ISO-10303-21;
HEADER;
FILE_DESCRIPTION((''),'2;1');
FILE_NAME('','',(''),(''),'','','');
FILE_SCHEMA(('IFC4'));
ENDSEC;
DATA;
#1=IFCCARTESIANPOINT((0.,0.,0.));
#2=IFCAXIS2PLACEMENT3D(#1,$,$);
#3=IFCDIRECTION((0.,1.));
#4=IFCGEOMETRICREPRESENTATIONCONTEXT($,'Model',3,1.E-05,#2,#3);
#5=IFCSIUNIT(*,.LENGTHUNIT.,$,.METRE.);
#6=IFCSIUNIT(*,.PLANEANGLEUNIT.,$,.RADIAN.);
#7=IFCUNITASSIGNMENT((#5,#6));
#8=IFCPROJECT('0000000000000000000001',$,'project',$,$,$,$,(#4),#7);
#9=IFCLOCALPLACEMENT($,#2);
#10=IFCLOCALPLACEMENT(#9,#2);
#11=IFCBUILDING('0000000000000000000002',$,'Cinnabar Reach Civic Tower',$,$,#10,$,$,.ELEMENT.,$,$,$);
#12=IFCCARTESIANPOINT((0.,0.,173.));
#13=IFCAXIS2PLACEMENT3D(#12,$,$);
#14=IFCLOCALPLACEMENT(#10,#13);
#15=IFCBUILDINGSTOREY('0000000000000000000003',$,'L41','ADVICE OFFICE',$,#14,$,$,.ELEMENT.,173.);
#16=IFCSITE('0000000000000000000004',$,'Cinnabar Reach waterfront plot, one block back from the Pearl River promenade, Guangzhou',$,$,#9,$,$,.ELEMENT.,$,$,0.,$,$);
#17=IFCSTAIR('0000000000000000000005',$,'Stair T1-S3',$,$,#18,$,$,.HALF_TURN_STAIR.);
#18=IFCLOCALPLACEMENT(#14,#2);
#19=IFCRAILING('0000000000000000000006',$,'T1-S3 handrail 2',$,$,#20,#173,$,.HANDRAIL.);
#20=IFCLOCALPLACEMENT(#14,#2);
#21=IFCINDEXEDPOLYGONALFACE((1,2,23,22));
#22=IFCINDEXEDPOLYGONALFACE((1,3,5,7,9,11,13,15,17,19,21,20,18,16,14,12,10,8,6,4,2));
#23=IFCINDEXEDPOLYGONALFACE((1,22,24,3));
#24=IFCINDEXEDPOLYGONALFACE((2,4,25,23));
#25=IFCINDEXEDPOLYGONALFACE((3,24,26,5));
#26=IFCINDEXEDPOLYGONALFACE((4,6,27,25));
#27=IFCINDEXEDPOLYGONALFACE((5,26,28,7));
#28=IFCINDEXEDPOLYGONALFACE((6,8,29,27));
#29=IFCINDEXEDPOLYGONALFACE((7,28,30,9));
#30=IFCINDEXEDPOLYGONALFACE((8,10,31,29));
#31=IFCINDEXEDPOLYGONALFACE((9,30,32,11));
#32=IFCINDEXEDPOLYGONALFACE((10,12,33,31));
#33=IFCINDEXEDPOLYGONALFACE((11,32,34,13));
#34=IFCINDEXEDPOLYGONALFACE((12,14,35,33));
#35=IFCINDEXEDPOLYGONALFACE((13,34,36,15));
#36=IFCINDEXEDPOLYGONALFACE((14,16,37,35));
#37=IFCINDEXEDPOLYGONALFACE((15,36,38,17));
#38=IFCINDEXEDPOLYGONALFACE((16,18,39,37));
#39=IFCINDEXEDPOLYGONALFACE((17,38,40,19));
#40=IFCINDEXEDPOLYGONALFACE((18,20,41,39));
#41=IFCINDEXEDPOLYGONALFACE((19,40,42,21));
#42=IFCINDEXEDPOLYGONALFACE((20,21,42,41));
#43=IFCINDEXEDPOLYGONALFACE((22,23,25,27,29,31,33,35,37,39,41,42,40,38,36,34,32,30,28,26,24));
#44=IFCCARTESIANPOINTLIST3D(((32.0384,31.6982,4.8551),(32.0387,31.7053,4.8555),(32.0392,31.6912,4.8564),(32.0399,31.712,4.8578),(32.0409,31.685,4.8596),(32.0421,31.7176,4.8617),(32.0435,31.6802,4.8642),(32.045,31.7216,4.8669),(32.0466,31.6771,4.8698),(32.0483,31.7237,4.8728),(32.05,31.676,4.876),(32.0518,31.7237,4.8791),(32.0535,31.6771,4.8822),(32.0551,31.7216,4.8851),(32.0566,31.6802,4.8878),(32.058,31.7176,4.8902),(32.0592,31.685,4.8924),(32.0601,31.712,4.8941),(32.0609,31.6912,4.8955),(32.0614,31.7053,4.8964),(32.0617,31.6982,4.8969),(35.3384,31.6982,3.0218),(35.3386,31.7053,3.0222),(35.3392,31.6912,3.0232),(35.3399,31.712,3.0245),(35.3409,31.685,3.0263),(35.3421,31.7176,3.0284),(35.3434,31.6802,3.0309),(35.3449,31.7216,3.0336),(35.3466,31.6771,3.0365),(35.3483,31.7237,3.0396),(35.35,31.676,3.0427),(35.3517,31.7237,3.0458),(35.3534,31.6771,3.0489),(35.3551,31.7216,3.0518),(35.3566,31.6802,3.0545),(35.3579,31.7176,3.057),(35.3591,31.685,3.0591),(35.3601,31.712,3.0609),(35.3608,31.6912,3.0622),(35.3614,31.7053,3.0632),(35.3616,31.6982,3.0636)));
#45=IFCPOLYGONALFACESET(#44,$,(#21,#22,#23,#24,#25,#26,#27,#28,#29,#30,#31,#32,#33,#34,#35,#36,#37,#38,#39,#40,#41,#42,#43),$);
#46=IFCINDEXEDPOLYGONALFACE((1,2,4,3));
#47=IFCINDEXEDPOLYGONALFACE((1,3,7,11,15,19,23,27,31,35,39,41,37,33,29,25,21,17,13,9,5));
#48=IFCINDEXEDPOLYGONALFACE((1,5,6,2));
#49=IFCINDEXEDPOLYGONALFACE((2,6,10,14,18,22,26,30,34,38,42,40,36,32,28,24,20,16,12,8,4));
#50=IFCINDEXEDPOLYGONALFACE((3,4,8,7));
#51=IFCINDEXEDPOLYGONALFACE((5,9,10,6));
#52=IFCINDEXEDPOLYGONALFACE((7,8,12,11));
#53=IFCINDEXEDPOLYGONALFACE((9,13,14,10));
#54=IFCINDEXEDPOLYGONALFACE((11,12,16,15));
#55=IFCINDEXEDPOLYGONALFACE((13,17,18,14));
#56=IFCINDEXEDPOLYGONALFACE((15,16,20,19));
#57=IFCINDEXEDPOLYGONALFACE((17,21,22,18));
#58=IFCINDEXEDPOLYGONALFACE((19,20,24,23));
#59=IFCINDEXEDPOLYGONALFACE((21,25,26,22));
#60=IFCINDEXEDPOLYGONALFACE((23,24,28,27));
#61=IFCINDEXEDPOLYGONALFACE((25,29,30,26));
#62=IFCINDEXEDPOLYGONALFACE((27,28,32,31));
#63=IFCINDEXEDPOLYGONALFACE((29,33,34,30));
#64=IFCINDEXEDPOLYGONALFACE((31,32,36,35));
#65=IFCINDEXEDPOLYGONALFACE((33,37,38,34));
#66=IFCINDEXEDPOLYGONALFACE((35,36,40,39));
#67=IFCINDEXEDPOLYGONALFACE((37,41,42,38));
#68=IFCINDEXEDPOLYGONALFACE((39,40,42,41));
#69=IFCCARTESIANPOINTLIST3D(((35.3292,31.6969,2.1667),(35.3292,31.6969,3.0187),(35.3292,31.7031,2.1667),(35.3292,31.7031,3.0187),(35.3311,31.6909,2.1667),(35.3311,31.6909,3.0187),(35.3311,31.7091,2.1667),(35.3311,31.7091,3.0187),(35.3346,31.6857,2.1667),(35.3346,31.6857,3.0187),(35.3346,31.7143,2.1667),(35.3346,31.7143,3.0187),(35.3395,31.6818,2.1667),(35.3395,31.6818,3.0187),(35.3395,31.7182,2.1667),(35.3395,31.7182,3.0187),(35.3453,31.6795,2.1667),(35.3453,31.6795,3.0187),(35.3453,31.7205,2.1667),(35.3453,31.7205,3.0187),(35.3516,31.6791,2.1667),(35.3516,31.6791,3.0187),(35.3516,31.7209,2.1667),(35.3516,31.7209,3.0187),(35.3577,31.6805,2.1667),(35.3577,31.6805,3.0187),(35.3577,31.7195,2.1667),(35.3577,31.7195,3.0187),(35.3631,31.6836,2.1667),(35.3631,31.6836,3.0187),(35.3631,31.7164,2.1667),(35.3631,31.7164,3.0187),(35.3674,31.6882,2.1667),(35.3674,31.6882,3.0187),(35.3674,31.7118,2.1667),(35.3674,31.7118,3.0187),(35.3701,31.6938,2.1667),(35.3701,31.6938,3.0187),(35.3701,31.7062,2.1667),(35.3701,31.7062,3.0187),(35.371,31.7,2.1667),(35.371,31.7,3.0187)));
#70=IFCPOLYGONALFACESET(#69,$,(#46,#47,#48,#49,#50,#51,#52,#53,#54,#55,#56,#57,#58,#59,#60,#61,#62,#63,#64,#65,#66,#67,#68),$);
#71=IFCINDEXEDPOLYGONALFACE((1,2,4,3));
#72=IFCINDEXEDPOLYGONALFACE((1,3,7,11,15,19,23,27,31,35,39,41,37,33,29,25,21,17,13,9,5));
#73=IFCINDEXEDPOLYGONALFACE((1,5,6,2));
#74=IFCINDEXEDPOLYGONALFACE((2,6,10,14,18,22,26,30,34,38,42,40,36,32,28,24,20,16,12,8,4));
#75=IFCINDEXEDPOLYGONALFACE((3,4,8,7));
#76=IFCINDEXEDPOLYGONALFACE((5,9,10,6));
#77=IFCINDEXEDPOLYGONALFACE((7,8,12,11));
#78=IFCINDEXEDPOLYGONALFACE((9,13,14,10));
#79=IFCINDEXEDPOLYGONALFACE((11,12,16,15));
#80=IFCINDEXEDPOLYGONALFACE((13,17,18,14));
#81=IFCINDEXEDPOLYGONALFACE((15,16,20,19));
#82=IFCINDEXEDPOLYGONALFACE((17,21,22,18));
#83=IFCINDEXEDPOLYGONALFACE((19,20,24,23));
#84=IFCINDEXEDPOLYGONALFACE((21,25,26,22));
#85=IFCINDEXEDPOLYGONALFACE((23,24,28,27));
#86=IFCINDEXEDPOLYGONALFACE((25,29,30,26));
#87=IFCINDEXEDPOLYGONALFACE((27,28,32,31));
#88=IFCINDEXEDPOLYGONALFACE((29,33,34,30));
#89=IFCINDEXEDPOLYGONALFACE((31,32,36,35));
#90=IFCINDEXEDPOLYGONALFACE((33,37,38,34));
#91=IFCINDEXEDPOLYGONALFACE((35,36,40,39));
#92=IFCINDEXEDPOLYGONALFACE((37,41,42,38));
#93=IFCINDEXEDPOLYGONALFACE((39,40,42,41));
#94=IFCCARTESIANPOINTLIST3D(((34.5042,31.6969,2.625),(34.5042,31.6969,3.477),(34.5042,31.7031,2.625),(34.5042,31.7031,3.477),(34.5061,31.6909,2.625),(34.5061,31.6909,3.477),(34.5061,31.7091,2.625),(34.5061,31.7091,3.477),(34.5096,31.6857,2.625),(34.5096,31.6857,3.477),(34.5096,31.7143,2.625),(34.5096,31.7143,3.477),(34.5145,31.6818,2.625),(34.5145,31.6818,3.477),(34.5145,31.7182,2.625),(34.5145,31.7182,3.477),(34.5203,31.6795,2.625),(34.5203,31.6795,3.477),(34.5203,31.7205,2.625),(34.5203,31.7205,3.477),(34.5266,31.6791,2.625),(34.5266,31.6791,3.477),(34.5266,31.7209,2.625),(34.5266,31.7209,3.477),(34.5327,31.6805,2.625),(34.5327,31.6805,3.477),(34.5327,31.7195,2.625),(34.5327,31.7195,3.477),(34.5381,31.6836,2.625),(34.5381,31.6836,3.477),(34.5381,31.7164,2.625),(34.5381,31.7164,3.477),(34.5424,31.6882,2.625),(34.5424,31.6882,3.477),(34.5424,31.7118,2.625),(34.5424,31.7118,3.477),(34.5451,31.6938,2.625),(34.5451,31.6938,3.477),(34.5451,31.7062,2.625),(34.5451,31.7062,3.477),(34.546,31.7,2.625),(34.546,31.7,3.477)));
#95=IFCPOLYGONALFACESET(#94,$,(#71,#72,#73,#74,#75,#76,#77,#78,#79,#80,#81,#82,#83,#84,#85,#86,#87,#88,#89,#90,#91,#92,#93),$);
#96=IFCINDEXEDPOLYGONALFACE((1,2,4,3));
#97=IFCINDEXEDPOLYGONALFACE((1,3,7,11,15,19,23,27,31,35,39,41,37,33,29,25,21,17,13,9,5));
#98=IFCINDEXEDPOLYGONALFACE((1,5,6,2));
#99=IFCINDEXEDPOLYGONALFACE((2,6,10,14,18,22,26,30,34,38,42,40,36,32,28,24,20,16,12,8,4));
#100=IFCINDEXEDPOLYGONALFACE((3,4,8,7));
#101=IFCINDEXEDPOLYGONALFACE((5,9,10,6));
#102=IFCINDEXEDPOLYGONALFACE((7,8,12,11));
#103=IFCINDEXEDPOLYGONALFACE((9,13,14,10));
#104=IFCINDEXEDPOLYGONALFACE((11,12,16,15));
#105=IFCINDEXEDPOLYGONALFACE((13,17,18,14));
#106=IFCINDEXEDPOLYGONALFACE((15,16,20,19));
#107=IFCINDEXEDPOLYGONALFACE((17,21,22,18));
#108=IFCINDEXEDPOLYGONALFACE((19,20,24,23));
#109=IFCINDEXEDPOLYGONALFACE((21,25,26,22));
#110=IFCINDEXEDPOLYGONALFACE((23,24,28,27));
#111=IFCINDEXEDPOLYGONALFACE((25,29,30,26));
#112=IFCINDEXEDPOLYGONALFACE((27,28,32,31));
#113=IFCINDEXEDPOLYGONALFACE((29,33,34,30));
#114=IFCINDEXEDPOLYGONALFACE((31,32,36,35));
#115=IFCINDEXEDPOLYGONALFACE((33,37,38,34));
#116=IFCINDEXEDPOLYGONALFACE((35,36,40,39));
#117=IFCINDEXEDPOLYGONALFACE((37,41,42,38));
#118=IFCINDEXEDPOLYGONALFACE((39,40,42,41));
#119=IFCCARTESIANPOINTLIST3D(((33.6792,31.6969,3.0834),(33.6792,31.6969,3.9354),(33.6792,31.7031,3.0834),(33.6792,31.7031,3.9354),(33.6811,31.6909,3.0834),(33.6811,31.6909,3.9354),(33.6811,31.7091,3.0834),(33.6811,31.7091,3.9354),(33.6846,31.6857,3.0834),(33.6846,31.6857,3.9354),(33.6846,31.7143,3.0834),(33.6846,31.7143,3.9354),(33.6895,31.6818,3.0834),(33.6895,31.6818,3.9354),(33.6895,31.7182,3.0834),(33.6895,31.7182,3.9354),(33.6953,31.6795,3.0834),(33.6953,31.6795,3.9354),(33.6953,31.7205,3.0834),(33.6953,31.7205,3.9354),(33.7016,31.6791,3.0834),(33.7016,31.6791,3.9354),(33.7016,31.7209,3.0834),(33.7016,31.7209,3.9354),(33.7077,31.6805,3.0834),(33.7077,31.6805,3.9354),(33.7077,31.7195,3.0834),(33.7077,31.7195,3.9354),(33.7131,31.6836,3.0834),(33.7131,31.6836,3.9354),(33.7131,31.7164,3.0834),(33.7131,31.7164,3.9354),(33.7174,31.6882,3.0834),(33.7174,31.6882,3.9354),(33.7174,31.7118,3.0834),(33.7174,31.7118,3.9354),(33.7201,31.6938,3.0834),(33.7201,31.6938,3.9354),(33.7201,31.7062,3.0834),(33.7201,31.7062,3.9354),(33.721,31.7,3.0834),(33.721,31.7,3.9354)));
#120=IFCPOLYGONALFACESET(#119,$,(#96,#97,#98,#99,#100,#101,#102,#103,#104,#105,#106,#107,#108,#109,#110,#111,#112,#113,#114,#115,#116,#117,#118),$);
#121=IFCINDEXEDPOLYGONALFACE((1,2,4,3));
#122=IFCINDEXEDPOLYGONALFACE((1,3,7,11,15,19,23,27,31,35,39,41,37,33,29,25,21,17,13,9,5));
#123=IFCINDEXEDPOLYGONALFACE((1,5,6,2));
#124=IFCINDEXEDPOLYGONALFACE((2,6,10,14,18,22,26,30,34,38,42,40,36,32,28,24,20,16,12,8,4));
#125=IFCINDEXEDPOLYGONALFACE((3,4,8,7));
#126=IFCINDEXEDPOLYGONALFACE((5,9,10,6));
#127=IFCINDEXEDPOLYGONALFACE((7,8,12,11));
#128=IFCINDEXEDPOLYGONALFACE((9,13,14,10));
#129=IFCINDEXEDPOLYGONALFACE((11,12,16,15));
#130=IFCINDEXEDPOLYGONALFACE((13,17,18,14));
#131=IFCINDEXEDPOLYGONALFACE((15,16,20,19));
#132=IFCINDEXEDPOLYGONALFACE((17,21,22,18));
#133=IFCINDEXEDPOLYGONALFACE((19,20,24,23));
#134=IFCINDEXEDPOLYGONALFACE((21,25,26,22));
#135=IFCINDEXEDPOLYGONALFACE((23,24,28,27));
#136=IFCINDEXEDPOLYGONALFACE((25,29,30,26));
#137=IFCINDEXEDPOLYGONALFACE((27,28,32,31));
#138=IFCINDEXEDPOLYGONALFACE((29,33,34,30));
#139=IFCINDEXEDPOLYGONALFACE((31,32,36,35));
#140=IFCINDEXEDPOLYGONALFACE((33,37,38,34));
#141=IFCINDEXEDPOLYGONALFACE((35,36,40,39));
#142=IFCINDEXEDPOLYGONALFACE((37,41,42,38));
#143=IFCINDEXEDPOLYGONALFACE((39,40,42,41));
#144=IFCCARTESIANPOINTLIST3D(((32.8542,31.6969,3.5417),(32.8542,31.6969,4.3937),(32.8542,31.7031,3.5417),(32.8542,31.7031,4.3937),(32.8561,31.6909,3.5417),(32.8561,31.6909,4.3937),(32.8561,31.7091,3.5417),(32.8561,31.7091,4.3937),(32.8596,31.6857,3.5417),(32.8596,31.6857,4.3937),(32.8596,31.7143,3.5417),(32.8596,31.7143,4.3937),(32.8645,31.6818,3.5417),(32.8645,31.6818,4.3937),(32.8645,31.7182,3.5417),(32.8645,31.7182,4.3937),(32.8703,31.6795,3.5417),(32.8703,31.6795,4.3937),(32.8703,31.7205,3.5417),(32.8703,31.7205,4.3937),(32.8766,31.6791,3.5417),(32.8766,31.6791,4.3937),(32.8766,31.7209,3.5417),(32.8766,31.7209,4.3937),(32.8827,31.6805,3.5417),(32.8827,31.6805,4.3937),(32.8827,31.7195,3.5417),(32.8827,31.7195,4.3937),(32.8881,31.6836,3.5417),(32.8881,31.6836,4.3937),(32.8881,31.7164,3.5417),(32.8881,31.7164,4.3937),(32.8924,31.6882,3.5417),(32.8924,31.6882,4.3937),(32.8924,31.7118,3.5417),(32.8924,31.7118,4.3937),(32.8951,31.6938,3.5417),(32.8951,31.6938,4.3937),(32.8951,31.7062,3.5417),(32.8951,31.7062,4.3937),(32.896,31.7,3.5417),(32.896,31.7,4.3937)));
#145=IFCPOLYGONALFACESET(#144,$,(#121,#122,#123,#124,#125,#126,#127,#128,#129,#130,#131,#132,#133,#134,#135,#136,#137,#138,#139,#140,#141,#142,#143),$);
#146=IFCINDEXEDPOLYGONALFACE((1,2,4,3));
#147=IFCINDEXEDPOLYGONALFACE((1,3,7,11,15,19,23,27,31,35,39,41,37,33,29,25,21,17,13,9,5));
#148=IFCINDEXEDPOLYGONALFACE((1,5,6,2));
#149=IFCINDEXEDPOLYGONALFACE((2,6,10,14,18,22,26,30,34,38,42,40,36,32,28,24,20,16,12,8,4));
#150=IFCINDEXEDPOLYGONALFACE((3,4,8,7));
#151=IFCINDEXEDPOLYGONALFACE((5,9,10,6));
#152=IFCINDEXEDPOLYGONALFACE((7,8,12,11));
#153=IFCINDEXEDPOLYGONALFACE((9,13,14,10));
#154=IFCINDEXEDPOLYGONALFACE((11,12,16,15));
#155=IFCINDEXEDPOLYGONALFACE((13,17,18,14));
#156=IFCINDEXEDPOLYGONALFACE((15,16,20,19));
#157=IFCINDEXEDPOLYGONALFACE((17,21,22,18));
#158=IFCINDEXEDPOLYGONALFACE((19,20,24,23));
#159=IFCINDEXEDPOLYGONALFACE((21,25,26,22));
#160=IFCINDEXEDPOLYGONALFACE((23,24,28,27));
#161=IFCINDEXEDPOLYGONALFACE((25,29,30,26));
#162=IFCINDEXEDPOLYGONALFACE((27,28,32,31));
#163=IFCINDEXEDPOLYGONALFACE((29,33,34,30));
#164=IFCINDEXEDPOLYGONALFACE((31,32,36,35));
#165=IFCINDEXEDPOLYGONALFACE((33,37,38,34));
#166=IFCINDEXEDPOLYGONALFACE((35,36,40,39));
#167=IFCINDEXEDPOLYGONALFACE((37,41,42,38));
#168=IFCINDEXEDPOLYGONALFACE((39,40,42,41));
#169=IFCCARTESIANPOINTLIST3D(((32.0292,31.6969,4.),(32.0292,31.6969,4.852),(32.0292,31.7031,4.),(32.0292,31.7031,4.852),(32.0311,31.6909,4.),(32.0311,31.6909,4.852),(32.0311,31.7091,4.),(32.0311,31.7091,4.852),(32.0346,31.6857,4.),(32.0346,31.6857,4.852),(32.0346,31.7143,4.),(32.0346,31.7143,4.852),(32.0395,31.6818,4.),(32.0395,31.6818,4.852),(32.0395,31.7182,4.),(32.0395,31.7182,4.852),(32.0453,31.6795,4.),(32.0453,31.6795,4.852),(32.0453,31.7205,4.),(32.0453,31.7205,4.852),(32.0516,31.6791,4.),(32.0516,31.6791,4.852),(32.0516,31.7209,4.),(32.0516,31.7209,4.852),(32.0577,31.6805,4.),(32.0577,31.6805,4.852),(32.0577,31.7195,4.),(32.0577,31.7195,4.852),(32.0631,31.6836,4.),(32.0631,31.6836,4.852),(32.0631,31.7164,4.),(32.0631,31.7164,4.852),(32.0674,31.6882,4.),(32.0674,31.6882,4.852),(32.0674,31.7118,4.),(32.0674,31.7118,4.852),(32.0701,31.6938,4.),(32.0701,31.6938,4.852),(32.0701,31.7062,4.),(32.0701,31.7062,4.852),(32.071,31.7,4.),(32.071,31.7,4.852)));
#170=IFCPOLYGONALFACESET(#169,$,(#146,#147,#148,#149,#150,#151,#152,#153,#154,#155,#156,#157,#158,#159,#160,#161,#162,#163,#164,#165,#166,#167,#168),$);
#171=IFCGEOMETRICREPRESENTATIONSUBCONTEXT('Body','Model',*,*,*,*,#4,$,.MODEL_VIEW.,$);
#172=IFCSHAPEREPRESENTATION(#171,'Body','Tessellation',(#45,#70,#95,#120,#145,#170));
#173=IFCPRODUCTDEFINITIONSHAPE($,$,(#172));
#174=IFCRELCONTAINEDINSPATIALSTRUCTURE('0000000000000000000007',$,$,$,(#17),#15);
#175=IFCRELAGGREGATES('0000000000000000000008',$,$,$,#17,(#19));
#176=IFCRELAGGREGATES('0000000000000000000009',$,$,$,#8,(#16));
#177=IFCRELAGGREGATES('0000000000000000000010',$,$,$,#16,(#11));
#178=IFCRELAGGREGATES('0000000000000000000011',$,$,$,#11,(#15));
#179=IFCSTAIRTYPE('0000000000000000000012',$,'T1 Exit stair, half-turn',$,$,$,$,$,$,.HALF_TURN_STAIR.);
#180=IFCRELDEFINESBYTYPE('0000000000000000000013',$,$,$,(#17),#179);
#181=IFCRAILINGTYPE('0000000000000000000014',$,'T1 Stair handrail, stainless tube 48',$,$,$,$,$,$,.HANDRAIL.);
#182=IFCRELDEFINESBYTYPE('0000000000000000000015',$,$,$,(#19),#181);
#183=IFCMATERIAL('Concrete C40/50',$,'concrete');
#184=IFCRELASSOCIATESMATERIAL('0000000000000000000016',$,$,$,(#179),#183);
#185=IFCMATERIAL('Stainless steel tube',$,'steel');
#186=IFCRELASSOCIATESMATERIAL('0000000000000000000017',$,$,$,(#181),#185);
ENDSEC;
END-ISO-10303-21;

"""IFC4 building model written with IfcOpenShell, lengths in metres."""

from ifc_helpers import new_model, si_unit, direction, frame, origin, origin_2d, place, context, subcontext, project, spatial, circle, extrude, material, type_object, element, aggregate, save


model = new_model("IFC4")

# Units and contexts
model_context = context("Model", 3, precision=1e-05, world=origin(), true_north=direction((0.0, 1.0)))
body_context = subcontext(model_context, "Body", "Model", "MODEL_VIEW")
ifc_project = project(units=[si_unit("LENGTHUNIT", "METRE"), si_unit("PLANEANGLEUNIT", "RADIAN")], contexts=[model_context])

# Site, building, storey
site_placement = place(None, origin())
site = spatial("IfcSite", under=ifc_project, at=site_placement, Name="Cinnabar Reach waterfront plot, one block back from the Pearl River promenade, Guangzhou", CompositionType="ELEMENT", RefElevation=0.0)
building_placement = place(site_placement, origin())
building = spatial("IfcBuilding", under=site, at=building_placement, Name="Cinnabar Reach Civic Tower", CompositionType="ELEMENT")
storey_placement = place(building_placement, frame((0.0, 0.0, 173.0)))
storey = spatial("IfcBuildingStorey", under=building, at=storey_placement, Name="L41", Description="ADVICE OFFICE", CompositionType="ELEMENT", Elevation=173.0)

# Stair, railing
ifc_material_1 = material(Name="Concrete C40/50", Category="concrete")
stair_type = type_object("IfcStairType", Name="T1 Exit stair, half-turn", PredefinedType="HALF_TURN_STAIR", material=ifc_material_1)
stair_placement = place(storey_placement, origin())
stair = element("IfcStair", 1, at=stair_placement, inside=storey, type_object=stair_type, Name="Stair T1-S3", PredefinedType="HALF_TURN_STAIR")
ifc_material_2 = material(Name="Stainless steel tube", Category="steel")
railing_type = type_object("IfcRailingType", Name="T1 Stair handrail, stainless tube 48", PredefinedType="HANDRAIL", material=ifc_material_2)
railing_placement = place(storey_placement, frame((35.35, 31.7, 2.1667)))
railing = element("IfcRailing", 2, at=railing_placement, type_object=railing_type, Name="T1-S3 handrail 2", PredefinedType="HANDRAIL", context=body_context, shape_type="SweptSolid", body=[
    extrude(circle(Radius=0.024, at=origin_2d()), frame((0.0, 0.0, 0.876), z_axis=(-0.874161, 0.0, 0.485636), x_axis=(0.0, -1.0, 0.0)), (0.0, 0.0, 1.0), 3.775),
    extrude(circle(Radius=0.021, at=origin_2d()), origin(), (0.0, 0.0, 1.0), 0.852),
    extrude(circle(Radius=0.021, at=origin_2d()), frame((-0.825, 0.0, 0.4583)), (0.0, 0.0, 1.0), 0.852),
    extrude(circle(Radius=0.021, at=origin_2d()), frame((-1.65, 0.0, 0.9167)), (0.0, 0.0, 1.0), 0.852),
    extrude(circle(Radius=0.021, at=origin_2d()), frame((-2.475, 0.0, 1.375)), (0.0, 0.0, 1.0), 0.852),
    extrude(circle(Radius=0.021, at=origin_2d()), frame((-3.3, 0.0, 1.8333)), (0.0, 0.0, 1.0), 0.852),
])
aggregate(stair, [railing])

save(model, "model.ifc")
